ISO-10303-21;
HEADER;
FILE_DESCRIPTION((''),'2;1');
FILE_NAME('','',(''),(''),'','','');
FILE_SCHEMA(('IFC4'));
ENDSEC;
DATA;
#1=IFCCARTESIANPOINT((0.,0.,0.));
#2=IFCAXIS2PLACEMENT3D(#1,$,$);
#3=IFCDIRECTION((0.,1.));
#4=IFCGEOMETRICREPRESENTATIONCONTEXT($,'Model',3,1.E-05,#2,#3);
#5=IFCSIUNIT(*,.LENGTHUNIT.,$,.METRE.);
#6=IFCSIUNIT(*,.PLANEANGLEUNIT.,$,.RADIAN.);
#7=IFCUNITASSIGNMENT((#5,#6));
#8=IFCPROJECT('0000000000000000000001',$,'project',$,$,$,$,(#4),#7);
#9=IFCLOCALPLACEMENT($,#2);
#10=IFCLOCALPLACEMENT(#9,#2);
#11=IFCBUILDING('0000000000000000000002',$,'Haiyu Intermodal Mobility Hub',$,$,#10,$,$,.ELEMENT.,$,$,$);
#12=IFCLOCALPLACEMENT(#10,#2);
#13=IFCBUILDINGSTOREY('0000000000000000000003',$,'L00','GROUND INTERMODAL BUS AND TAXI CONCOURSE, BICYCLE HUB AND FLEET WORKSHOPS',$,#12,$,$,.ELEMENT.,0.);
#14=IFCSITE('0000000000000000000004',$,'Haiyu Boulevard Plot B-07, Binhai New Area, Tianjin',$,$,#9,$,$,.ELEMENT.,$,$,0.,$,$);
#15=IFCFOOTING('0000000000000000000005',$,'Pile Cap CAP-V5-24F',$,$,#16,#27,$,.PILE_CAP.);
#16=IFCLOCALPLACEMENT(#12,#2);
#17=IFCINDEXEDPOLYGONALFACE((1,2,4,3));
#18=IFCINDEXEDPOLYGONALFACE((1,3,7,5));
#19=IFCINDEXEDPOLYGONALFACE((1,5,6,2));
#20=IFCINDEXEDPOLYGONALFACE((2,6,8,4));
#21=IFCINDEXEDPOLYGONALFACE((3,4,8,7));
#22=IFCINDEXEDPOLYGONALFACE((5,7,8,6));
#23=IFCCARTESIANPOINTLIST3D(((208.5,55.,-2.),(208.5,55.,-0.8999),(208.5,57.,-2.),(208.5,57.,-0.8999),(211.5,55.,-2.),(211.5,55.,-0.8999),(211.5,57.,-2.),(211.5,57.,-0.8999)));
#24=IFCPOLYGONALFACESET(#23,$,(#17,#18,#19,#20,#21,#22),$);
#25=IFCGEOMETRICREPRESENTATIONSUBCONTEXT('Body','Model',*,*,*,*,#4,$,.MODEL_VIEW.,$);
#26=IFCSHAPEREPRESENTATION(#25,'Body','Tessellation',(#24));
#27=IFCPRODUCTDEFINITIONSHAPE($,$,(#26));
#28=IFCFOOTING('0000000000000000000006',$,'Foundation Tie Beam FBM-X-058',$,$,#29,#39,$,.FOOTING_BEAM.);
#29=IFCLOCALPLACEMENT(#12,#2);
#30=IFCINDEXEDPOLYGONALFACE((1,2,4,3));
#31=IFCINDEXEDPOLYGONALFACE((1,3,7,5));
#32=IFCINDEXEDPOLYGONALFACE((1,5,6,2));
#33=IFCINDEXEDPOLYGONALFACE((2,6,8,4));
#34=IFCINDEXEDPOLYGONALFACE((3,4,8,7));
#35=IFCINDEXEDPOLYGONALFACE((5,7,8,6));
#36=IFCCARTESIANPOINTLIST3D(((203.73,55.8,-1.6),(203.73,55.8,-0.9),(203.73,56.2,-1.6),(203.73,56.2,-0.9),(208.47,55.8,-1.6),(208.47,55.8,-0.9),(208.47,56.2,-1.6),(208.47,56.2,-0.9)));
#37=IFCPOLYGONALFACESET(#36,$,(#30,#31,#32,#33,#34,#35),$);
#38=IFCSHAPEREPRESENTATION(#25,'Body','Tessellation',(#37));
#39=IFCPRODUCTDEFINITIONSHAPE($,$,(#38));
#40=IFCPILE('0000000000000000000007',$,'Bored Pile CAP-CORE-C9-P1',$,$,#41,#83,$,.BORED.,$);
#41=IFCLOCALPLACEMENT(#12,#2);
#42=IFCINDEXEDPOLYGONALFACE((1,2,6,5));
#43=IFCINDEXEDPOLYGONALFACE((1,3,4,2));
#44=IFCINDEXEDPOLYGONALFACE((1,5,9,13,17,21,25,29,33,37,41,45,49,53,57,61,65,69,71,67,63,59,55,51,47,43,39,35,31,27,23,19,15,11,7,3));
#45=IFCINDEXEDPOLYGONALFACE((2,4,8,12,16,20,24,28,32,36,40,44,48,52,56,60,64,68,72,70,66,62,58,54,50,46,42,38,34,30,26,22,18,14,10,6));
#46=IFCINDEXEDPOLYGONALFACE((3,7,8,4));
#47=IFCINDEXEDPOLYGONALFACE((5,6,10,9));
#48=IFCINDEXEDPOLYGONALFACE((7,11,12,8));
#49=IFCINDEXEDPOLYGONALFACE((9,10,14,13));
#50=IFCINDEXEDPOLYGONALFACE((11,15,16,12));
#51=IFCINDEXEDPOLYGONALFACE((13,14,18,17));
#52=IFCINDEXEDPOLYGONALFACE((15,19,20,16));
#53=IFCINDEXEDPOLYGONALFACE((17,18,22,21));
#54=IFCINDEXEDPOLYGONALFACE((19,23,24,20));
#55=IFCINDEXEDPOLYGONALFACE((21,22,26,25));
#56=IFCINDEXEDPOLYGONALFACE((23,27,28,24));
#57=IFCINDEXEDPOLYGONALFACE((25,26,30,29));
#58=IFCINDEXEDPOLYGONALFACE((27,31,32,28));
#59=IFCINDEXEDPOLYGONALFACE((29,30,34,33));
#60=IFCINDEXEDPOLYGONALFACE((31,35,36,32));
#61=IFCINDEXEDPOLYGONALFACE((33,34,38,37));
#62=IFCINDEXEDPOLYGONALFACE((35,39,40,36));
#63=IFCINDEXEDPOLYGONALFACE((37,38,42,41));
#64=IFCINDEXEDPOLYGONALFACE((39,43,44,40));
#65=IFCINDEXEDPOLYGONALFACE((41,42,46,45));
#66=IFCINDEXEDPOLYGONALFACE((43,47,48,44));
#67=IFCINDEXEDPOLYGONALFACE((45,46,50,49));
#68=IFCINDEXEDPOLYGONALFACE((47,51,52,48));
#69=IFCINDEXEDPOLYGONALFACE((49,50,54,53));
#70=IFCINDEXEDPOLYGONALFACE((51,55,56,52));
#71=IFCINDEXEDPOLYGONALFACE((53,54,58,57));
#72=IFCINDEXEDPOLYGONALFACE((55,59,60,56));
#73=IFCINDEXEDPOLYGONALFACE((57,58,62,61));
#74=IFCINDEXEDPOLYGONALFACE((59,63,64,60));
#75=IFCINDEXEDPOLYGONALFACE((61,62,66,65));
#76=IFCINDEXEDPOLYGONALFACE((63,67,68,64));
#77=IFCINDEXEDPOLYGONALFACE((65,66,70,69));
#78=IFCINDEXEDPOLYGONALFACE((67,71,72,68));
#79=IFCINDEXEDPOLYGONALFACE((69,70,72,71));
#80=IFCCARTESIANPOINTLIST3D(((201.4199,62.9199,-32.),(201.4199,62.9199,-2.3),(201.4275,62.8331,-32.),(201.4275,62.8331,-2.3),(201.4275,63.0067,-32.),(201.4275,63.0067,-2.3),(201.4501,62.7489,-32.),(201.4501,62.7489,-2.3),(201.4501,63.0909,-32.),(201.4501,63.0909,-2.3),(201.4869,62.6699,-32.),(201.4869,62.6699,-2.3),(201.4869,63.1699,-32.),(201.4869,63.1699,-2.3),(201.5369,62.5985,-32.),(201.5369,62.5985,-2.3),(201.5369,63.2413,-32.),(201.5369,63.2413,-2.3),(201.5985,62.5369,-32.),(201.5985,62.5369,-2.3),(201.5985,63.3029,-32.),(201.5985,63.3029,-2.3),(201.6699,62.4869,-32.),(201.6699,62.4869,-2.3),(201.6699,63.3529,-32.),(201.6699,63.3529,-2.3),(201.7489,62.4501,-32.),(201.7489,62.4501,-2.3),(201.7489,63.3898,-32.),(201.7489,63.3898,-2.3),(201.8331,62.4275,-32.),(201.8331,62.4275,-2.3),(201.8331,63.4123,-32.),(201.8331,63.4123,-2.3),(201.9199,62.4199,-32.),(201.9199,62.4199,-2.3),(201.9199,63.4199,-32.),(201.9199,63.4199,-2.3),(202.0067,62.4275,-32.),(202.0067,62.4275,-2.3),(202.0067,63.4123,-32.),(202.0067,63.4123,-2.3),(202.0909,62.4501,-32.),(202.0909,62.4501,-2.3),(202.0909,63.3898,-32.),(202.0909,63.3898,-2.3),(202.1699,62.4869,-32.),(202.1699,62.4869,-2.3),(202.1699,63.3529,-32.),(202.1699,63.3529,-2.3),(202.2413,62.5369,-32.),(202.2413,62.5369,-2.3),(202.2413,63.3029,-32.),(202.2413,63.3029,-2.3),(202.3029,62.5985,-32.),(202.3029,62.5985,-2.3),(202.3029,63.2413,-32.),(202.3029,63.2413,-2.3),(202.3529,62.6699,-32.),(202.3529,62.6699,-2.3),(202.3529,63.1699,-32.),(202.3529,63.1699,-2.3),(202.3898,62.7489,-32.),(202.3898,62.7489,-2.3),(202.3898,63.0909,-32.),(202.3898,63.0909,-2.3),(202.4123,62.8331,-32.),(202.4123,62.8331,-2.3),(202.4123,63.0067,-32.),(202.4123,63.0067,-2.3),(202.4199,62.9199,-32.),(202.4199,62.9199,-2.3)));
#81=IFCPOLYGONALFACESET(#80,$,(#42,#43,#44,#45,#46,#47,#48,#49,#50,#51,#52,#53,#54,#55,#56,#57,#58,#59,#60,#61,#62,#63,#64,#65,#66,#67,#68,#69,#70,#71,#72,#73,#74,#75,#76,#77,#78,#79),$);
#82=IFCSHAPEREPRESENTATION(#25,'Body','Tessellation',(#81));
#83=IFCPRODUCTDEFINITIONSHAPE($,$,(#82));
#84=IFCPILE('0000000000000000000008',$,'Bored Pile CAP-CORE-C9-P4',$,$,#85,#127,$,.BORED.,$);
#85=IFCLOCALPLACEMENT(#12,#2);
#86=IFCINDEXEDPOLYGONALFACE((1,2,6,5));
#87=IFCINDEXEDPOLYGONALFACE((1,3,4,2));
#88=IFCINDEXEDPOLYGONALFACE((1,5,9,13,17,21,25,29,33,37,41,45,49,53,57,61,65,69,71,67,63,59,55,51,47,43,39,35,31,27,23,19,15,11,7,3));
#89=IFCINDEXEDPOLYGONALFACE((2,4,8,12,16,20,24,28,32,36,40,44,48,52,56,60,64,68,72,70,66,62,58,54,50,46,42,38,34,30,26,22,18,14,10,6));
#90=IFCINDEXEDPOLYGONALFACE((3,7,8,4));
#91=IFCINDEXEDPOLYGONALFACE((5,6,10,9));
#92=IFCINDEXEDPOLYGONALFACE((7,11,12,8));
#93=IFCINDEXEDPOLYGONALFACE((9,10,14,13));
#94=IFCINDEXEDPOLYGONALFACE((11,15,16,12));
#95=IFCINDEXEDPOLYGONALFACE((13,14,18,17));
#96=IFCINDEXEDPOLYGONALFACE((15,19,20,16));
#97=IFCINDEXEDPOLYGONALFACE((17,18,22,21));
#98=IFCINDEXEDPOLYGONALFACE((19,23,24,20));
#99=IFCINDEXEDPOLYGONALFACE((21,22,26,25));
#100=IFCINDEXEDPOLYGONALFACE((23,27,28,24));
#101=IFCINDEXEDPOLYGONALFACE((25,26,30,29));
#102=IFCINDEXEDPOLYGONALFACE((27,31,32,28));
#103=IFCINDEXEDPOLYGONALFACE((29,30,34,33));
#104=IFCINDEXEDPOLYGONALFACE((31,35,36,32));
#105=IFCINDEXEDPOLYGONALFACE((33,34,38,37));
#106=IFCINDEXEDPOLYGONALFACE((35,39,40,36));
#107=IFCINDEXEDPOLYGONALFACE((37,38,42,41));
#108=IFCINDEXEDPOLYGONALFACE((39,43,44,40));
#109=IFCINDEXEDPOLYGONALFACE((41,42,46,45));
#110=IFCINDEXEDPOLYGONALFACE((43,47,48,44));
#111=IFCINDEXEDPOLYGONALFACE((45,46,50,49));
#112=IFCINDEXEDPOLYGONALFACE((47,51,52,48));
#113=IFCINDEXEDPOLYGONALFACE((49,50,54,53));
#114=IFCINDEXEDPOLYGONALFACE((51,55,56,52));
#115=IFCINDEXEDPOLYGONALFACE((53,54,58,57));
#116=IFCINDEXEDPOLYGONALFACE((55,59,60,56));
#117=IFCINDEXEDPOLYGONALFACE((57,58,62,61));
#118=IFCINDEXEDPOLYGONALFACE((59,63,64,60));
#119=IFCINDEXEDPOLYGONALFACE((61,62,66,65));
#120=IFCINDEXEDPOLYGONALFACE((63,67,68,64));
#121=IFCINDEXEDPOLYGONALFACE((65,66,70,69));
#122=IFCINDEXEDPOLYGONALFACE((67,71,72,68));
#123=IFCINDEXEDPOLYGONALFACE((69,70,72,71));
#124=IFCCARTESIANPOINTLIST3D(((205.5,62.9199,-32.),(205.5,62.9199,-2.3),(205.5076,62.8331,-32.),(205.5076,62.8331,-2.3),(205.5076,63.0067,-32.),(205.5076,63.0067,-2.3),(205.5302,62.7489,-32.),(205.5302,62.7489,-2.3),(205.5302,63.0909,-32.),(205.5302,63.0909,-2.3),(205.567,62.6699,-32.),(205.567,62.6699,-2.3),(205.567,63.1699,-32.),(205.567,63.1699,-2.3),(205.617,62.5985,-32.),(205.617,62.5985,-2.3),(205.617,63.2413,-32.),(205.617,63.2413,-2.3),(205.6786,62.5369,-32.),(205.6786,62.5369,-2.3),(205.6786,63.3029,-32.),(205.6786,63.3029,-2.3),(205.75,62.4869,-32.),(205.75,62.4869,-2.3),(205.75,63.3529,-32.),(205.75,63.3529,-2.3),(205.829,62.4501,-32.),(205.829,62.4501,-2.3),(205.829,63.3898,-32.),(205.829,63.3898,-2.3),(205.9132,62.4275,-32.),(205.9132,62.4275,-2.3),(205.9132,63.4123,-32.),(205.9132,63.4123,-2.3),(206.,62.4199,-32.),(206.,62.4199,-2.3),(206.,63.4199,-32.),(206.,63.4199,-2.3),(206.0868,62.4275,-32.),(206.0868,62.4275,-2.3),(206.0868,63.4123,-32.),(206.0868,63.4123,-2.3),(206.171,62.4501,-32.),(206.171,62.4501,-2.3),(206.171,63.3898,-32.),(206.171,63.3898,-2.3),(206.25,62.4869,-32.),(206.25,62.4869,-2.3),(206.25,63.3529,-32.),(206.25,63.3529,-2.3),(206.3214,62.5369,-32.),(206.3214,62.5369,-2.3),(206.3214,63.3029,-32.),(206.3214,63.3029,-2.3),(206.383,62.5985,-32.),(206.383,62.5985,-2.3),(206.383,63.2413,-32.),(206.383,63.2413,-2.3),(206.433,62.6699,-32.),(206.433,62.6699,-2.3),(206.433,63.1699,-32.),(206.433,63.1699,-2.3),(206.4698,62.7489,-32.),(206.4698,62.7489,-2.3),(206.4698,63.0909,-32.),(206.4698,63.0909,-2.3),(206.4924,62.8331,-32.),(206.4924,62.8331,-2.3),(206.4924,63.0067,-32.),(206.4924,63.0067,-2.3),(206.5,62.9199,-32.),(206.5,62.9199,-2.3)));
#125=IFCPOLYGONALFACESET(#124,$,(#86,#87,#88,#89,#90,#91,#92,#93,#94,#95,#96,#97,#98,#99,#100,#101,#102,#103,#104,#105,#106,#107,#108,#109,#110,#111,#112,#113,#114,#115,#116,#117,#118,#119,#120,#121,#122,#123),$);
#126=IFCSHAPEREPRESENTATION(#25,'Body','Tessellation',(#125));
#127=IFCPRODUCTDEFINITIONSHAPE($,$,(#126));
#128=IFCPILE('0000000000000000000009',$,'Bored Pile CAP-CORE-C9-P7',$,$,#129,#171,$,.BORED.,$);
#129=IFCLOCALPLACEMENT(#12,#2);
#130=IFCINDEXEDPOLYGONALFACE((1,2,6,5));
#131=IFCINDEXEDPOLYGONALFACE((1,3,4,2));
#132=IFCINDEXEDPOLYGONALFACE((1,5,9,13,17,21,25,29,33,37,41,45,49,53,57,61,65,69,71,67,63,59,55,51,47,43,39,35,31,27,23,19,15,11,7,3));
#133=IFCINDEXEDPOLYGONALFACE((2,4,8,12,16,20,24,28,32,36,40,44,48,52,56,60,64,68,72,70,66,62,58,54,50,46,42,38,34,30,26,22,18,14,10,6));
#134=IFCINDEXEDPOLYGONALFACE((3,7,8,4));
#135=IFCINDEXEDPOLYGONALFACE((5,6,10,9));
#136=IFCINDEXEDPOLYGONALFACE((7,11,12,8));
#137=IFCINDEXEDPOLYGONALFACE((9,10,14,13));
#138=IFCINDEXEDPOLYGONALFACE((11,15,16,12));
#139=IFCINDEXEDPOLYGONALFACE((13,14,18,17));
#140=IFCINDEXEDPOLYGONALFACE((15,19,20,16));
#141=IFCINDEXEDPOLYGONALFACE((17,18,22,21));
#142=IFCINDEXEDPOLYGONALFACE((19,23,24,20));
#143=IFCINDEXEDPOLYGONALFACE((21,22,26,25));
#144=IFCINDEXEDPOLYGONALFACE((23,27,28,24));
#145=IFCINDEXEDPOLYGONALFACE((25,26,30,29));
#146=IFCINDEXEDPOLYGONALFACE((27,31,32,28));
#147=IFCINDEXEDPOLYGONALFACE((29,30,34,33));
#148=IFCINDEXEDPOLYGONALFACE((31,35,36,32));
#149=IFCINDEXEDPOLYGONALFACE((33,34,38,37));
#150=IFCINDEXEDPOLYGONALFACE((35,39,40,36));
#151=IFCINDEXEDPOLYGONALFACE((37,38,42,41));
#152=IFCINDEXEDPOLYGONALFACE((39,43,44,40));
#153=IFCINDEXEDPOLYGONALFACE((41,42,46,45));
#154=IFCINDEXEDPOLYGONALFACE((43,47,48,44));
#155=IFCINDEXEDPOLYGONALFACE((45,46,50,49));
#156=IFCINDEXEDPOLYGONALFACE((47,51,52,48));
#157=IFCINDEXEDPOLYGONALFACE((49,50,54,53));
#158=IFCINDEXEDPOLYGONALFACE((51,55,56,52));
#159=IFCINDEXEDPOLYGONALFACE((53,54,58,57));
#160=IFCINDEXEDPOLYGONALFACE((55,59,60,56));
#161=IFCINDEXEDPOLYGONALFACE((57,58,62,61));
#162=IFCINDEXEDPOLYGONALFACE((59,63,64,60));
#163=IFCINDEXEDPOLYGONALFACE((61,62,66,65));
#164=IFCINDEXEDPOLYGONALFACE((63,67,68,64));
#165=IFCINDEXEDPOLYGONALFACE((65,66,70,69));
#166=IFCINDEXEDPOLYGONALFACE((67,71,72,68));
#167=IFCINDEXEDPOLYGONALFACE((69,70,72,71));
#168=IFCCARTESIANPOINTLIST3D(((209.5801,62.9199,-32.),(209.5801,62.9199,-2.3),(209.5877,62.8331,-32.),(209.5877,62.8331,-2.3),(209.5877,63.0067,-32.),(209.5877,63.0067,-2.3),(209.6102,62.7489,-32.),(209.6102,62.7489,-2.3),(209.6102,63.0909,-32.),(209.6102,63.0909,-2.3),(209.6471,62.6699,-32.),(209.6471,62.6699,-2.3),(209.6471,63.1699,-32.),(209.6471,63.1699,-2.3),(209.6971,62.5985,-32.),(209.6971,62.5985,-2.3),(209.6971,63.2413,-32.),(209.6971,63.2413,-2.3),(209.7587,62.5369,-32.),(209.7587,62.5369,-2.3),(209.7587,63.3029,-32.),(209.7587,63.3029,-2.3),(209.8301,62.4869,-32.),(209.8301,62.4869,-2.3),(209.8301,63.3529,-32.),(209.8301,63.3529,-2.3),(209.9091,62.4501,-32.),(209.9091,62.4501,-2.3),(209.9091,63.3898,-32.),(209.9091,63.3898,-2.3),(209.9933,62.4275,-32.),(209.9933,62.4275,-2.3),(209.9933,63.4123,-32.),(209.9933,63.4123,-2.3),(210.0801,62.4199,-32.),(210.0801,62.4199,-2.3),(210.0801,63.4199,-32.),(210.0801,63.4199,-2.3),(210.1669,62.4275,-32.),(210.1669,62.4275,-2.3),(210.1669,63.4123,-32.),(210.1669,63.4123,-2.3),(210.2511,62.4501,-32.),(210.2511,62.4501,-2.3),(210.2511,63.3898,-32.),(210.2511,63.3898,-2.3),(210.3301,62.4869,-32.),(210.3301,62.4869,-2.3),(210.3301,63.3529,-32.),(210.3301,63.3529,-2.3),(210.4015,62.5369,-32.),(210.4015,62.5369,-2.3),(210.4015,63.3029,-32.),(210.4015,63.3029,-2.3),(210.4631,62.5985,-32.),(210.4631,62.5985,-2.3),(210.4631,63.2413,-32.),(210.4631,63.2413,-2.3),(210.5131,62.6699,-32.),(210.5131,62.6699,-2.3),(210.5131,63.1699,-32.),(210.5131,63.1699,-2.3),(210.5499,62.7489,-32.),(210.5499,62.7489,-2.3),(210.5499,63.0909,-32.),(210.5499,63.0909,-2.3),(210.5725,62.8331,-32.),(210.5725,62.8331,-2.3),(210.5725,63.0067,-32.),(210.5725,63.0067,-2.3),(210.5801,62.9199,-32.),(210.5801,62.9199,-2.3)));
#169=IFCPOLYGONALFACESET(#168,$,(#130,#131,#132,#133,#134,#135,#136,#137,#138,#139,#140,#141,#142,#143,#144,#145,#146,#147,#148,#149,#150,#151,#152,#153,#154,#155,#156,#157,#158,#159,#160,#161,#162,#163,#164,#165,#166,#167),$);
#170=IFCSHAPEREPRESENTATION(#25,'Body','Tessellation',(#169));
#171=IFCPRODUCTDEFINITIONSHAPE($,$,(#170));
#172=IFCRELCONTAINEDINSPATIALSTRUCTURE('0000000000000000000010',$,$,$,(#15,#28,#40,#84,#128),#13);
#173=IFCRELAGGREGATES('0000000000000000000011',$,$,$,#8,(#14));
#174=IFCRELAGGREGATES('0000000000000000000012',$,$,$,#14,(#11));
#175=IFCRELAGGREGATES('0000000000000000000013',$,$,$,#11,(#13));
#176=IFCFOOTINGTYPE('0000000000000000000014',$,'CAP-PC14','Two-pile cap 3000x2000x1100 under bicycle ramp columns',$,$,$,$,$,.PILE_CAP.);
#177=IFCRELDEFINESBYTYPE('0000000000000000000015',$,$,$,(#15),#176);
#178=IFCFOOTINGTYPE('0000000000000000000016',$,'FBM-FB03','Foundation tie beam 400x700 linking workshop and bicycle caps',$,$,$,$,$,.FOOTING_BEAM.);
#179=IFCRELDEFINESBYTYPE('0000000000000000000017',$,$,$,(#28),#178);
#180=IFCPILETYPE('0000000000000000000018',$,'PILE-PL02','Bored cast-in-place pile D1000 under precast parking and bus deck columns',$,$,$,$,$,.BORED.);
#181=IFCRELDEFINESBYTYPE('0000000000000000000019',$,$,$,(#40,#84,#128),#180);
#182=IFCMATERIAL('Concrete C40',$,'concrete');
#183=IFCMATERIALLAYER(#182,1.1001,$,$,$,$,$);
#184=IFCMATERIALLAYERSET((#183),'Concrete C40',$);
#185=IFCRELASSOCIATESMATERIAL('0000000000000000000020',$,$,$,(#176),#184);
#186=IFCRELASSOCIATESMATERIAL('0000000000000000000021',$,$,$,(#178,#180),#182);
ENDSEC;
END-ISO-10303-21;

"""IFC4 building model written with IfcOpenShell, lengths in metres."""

from ifc_helpers import new_model, si_unit, direction, frame, origin, origin_2d, place, context, subcontext, project, spatial, rectangle, circle, extrude, material, layer, layer_set, material_profile, profile_set, type_object, element, save


model = new_model("IFC4")

# Units and contexts
model_context = context("Model", 3, precision=1e-05, world=origin(), true_north=direction((0.0, 1.0)))
body_context = subcontext(model_context, "Body", "Model", "MODEL_VIEW")
ifc_project = project(units=[si_unit("LENGTHUNIT", "METRE"), si_unit("PLANEANGLEUNIT", "RADIAN")], contexts=[model_context])

# Site, building, storey
site_placement = place(None, origin())
site = spatial("IfcSite", under=ifc_project, at=site_placement, Name="Haiyu Boulevard Plot B-07, Binhai New Area, Tianjin", CompositionType="ELEMENT", RefElevation=0.0)
building_placement = place(site_placement, origin())
building = spatial("IfcBuilding", under=site, at=building_placement, Name="Haiyu Intermodal Mobility Hub", CompositionType="ELEMENT")
storey_placement = place(building_placement, origin())
storey = spatial("IfcBuildingStorey", under=building, at=storey_placement, Name="L00", Description="GROUND INTERMODAL BUS AND TAXI CONCOURSE, BICYCLE HUB AND FLEET WORKSHOPS", CompositionType="ELEMENT", Elevation=0.0)

# Footings
ifc_material_1 = material(Name="Concrete C40", Category="concrete")
ifc_layer_1 = layer(ifc_material_1, 1.1001)
ifc_layer_set_1 = layer_set([ifc_layer_1], Name="Concrete C40")
footing_type_1 = type_object("IfcFootingType", Name="CAP-PC14", Description="Two-pile cap 3000x2000x1100 under bicycle ramp columns", PredefinedType="PILE_CAP", material=ifc_layer_set_1)
footing_1_placement = place(storey_placement, frame((210.0, 56.0, -2.0), z_axis=(0.0, 0.0, 1.0), x_axis=(1.0, 0.0, 0.0)))
element("IfcFooting", 1, at=footing_1_placement, inside=storey, type_object=footing_type_1, Name="Pile Cap CAP-V5-24F", PredefinedType="PILE_CAP", context=body_context, shape_type="SweptSolid", body=[
    extrude(rectangle(XDim=3.0, YDim=2.0, at=origin_2d()), origin(), (0.0, 0.0, 1.0), 1.1001),
])
ifc_material_profile_1 = material_profile(ifc_material_1, rectangle(XDim=0.3999, YDim=0.7, at=origin_2d()), Name="FB400x700")
ifc_profile_set_1 = profile_set([ifc_material_profile_1], Name="Concrete C40")
footing_type_2 = type_object("IfcFootingType", Name="FBM-FB03", Description="Foundation tie beam 400x700 linking workshop and bicycle caps", PredefinedType="FOOTING_BEAM", material=ifc_profile_set_1)
footing_2_placement = place(storey_placement, frame((203.73, 56.0, -1.25), z_axis=(1.0, 0.0, 0.0), x_axis=(0.0, 1.0, 0.0)))
element("IfcFooting", 2, at=footing_2_placement, inside=storey, type_object=footing_type_2, Name="Foundation Tie Beam FBM-X-058", PredefinedType="FOOTING_BEAM", context=body_context, shape_type="SweptSolid", body=[
    extrude(rectangle(XDim=0.3999, YDim=0.7, at=origin_2d()), origin(), (0.0, 0.0, 1.0), 4.74),
])

# Piles
ifc_material_profile_2 = material_profile(ifc_material_1, circle(Radius=0.5, at=origin_2d()), Name="PILE-D1000")
ifc_profile_set_2 = profile_set([ifc_material_profile_2], Name="Concrete C40")
pile_type_1 = type_object("IfcPileType", Name="PILE-PL02", Description="Bored cast-in-place pile D1000 under precast parking and bus deck columns", PredefinedType="BORED", material=ifc_profile_set_2)
for number, where, z_axis, x_axis, name in (
    (3, (201.9199, 62.9199, -2.3), (0.0, 0.0, -1.0), (1.0, 0.0, 0.0), "Bored Pile CAP-CORE-C9-P1"),
    (4, (206.0, 62.9199, -2.3), (0.0, 0.0, -1.0), (1.0, 0.0, 0.0), "Bored Pile CAP-CORE-C9-P4"),
    (5, (210.0801, 62.9199, -2.3), (0.0, 0.0, -1.0), (1.0, 0.0, 0.0), "Bored Pile CAP-CORE-C9-P7"),
):
    element("IfcPile", number, at=place(storey_placement, frame(where, z_axis=z_axis, x_axis=x_axis)), inside=storey, type_object=pile_type_1, Name=name, PredefinedType="BORED", context=body_context, shape_type="SweptSolid", body=[
        extrude(circle(Radius=0.5, at=origin_2d()), origin(), (0.0, 0.0, 1.0), 29.7),
    ])

save(model, "model.ifc")
